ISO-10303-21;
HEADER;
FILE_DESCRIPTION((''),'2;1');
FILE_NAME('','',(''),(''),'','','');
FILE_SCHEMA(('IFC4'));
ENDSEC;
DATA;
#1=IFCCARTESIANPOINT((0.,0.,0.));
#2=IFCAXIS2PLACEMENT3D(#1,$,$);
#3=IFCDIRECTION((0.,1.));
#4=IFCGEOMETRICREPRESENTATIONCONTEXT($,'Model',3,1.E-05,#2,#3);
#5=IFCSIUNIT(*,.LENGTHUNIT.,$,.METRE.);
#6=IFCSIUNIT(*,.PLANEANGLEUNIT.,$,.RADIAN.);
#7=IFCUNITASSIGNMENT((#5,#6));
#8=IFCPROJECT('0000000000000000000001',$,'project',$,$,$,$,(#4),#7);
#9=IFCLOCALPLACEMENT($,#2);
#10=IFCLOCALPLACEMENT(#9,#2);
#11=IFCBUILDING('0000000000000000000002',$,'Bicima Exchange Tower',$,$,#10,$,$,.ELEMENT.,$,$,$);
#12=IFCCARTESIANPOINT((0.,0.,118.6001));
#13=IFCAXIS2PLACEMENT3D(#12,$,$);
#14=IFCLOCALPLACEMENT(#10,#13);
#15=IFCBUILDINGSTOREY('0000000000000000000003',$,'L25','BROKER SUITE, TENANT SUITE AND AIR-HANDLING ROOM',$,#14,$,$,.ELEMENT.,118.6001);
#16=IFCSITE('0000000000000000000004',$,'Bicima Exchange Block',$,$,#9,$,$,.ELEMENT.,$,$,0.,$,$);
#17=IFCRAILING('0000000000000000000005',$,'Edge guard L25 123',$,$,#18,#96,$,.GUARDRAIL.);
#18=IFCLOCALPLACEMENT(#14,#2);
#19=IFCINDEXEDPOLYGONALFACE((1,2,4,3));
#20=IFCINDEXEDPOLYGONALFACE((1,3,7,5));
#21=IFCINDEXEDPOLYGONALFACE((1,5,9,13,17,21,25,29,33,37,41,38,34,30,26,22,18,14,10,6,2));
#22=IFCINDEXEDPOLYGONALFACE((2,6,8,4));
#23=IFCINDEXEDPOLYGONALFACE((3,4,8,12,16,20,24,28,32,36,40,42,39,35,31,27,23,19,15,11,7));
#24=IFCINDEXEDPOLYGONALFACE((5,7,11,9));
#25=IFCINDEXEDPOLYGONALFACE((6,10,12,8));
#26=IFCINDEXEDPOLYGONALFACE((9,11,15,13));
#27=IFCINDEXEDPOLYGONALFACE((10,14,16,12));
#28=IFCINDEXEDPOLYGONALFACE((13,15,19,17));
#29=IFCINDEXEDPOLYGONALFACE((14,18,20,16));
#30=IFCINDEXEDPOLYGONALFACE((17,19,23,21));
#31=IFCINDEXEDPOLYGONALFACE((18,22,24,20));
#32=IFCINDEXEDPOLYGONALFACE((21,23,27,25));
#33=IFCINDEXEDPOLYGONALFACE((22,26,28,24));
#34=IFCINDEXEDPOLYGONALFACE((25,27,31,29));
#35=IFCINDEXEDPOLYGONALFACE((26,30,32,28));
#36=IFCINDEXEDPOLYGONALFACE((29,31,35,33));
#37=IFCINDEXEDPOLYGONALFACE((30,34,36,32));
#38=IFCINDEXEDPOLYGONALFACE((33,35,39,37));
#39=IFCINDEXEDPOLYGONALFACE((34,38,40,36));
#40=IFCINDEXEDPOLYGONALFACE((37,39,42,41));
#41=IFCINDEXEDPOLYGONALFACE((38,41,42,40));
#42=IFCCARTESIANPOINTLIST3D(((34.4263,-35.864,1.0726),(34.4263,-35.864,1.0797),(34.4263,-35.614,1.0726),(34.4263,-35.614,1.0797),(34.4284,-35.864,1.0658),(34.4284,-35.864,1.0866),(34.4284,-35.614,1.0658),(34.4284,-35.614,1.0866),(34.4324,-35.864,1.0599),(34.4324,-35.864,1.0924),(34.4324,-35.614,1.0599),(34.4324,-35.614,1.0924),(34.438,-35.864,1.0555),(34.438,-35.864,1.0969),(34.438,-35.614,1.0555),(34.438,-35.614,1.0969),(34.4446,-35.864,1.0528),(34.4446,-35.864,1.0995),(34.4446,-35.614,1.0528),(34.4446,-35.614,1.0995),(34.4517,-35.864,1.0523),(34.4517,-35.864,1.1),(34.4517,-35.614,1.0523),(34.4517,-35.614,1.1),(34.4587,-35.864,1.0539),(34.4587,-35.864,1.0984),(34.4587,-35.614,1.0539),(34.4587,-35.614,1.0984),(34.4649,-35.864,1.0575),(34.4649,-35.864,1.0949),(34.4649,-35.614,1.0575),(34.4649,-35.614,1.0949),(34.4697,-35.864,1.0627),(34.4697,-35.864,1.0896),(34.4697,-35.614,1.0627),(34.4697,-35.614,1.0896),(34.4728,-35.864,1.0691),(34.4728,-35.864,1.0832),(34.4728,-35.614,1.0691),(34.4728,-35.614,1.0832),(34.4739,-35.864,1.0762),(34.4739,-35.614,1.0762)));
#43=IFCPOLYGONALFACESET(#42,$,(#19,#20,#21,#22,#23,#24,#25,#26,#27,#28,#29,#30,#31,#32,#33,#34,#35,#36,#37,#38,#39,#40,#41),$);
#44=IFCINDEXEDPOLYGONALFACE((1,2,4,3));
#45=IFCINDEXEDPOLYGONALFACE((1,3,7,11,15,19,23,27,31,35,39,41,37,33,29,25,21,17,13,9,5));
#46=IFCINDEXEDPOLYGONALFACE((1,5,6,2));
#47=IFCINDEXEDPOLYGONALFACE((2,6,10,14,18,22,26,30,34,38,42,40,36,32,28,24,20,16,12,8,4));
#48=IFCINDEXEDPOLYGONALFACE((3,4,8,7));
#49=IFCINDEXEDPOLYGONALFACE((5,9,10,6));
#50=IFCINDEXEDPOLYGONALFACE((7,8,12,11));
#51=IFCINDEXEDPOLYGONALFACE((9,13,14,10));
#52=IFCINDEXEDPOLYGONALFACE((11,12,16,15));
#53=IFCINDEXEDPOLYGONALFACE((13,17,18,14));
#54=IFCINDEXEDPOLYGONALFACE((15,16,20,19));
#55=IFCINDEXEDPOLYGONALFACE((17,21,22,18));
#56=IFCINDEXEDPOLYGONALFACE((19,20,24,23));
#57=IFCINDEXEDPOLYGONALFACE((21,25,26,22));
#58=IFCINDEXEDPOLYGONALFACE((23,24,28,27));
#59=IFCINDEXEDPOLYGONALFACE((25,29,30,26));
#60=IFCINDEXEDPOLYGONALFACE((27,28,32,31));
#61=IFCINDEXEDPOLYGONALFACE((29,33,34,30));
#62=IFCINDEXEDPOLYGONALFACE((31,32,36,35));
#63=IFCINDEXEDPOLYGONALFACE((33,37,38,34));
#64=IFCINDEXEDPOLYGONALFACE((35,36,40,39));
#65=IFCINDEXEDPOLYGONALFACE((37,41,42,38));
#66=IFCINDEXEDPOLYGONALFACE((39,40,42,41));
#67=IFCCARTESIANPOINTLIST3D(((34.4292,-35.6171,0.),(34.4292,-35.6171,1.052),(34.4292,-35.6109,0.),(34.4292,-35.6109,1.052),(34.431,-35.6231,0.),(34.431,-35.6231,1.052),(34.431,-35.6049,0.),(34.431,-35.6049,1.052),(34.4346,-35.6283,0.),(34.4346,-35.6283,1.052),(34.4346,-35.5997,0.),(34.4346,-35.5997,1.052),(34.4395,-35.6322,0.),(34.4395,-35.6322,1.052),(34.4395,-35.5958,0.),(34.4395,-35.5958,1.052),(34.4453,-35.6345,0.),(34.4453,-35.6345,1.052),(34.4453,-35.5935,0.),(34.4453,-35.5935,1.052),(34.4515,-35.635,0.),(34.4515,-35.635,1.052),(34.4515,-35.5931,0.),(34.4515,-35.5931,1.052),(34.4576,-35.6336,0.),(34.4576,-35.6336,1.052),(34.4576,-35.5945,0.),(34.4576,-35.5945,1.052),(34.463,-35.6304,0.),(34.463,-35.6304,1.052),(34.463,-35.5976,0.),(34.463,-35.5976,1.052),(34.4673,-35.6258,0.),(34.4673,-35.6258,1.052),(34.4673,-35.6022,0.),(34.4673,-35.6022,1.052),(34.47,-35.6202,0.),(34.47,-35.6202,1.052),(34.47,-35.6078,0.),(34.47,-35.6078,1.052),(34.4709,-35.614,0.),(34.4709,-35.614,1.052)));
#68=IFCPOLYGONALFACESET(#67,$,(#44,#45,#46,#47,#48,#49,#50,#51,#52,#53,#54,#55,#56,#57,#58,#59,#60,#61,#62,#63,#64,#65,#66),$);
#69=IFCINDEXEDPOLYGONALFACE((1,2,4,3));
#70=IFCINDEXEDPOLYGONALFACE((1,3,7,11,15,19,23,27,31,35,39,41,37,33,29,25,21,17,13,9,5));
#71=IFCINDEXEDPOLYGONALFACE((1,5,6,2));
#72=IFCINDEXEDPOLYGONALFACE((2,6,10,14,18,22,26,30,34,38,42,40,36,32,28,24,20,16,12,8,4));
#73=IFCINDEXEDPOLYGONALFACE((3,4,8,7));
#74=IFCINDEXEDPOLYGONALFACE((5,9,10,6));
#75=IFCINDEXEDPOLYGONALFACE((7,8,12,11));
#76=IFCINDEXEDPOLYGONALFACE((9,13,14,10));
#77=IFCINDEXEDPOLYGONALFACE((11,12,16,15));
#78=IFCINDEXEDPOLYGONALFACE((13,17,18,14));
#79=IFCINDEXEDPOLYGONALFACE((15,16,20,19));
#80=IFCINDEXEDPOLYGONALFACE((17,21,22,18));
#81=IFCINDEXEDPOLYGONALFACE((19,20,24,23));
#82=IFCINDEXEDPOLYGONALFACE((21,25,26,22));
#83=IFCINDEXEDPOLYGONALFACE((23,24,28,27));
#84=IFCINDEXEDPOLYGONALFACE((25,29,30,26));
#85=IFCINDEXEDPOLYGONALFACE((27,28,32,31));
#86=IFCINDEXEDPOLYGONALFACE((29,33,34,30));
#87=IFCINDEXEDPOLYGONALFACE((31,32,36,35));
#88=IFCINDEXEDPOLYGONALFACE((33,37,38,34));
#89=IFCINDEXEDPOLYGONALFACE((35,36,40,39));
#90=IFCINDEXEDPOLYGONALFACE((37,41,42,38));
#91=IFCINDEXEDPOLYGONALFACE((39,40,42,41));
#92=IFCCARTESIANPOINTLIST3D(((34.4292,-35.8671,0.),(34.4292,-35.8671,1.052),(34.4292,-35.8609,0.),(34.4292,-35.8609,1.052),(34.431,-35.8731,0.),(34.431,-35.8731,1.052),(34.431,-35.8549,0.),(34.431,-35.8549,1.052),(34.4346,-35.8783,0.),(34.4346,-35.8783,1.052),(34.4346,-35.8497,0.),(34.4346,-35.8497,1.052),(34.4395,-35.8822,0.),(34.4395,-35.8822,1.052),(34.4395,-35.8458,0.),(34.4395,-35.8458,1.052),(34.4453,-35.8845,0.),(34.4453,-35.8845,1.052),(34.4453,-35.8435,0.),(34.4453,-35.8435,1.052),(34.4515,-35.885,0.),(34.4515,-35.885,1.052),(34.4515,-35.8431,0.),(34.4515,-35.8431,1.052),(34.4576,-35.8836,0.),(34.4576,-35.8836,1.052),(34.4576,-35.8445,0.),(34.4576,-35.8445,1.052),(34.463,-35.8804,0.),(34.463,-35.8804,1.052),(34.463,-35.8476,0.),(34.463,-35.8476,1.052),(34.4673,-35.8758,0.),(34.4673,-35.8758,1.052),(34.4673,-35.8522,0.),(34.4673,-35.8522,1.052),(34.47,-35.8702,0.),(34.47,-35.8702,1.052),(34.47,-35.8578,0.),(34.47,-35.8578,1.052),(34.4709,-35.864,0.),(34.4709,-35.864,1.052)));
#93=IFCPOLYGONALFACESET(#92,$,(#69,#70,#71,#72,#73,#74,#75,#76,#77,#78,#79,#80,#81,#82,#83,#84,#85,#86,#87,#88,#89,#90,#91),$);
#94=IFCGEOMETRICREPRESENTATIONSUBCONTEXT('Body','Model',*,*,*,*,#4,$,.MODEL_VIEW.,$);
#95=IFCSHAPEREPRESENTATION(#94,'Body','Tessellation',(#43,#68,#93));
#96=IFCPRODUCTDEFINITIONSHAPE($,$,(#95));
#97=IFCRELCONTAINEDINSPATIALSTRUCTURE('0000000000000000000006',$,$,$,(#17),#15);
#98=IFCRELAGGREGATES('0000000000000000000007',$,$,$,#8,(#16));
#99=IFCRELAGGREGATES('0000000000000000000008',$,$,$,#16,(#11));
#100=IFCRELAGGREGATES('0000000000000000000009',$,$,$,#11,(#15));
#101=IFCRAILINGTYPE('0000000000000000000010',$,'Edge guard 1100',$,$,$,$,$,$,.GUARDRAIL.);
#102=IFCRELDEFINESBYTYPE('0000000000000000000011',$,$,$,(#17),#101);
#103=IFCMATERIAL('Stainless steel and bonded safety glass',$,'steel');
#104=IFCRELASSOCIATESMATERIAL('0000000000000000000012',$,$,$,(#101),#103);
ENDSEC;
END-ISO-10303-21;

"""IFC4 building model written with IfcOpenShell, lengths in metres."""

from ifc_helpers import new_model, si_unit, direction, frame, origin, origin_2d, place, context, subcontext, project, spatial, circle, extrude, material, type_object, element, save


model = new_model("IFC4")

# Units and contexts
model_context = context("Model", 3, precision=1e-05, world=origin(), true_north=direction((0.0, 1.0)))
body_context = subcontext(model_context, "Body", "Model", "MODEL_VIEW")
ifc_project = project(units=[si_unit("LENGTHUNIT", "METRE"), si_unit("PLANEANGLEUNIT", "RADIAN")], contexts=[model_context])

# Site, building, storey
site_placement = place(None, origin())
site = spatial("IfcSite", under=ifc_project, at=site_placement, Name="Bicima Exchange Block", CompositionType="ELEMENT", RefElevation=0.0)
building_placement = place(site_placement, origin())
building = spatial("IfcBuilding", under=site, at=building_placement, Name="Bicima Exchange Tower", CompositionType="ELEMENT")
storey_placement = place(building_placement, frame((0.0, 0.0, 118.6001)))
storey = spatial("IfcBuildingStorey", under=building, at=storey_placement, Name="L25", Description="BROKER SUITE, TENANT SUITE AND AIR-HANDLING ROOM", CompositionType="ELEMENT", Elevation=118.6001)

# Railing
ifc_material_1 = material(Name="Stainless steel and bonded safety glass", Category="steel")
railing_type = type_object("IfcRailingType", Name="Edge guard 1100", PredefinedType="GUARDRAIL", material=ifc_material_1)
railing_1_placement = place(storey_placement, frame((34.45, -35.614, 0.0)))
element("IfcRailing", 1, at=railing_1_placement, inside=storey, type_object=railing_type, Name="Edge guard L25 123", PredefinedType="GUARDRAIL", context=body_context, shape_type="SweptSolid", body=[
    extrude(circle(Radius=0.0239, at=origin_2d()), frame((0.0, 0.0, 1.0762), z_axis=(0.0, -1.0, 0.0), x_axis=(1.0, 0.0, 0.0)), (0.0, 0.0, 1.0), 0.25),
    extrude(circle(Radius=0.021, at=origin_2d()), origin(), (0.0, 0.0, 1.0), 1.052),
    extrude(circle(Radius=0.021, at=origin_2d()), frame((0.0, -0.25, 0.0)), (0.0, 0.0, 1.0), 1.052),
])

save(model, "model.ifc")
